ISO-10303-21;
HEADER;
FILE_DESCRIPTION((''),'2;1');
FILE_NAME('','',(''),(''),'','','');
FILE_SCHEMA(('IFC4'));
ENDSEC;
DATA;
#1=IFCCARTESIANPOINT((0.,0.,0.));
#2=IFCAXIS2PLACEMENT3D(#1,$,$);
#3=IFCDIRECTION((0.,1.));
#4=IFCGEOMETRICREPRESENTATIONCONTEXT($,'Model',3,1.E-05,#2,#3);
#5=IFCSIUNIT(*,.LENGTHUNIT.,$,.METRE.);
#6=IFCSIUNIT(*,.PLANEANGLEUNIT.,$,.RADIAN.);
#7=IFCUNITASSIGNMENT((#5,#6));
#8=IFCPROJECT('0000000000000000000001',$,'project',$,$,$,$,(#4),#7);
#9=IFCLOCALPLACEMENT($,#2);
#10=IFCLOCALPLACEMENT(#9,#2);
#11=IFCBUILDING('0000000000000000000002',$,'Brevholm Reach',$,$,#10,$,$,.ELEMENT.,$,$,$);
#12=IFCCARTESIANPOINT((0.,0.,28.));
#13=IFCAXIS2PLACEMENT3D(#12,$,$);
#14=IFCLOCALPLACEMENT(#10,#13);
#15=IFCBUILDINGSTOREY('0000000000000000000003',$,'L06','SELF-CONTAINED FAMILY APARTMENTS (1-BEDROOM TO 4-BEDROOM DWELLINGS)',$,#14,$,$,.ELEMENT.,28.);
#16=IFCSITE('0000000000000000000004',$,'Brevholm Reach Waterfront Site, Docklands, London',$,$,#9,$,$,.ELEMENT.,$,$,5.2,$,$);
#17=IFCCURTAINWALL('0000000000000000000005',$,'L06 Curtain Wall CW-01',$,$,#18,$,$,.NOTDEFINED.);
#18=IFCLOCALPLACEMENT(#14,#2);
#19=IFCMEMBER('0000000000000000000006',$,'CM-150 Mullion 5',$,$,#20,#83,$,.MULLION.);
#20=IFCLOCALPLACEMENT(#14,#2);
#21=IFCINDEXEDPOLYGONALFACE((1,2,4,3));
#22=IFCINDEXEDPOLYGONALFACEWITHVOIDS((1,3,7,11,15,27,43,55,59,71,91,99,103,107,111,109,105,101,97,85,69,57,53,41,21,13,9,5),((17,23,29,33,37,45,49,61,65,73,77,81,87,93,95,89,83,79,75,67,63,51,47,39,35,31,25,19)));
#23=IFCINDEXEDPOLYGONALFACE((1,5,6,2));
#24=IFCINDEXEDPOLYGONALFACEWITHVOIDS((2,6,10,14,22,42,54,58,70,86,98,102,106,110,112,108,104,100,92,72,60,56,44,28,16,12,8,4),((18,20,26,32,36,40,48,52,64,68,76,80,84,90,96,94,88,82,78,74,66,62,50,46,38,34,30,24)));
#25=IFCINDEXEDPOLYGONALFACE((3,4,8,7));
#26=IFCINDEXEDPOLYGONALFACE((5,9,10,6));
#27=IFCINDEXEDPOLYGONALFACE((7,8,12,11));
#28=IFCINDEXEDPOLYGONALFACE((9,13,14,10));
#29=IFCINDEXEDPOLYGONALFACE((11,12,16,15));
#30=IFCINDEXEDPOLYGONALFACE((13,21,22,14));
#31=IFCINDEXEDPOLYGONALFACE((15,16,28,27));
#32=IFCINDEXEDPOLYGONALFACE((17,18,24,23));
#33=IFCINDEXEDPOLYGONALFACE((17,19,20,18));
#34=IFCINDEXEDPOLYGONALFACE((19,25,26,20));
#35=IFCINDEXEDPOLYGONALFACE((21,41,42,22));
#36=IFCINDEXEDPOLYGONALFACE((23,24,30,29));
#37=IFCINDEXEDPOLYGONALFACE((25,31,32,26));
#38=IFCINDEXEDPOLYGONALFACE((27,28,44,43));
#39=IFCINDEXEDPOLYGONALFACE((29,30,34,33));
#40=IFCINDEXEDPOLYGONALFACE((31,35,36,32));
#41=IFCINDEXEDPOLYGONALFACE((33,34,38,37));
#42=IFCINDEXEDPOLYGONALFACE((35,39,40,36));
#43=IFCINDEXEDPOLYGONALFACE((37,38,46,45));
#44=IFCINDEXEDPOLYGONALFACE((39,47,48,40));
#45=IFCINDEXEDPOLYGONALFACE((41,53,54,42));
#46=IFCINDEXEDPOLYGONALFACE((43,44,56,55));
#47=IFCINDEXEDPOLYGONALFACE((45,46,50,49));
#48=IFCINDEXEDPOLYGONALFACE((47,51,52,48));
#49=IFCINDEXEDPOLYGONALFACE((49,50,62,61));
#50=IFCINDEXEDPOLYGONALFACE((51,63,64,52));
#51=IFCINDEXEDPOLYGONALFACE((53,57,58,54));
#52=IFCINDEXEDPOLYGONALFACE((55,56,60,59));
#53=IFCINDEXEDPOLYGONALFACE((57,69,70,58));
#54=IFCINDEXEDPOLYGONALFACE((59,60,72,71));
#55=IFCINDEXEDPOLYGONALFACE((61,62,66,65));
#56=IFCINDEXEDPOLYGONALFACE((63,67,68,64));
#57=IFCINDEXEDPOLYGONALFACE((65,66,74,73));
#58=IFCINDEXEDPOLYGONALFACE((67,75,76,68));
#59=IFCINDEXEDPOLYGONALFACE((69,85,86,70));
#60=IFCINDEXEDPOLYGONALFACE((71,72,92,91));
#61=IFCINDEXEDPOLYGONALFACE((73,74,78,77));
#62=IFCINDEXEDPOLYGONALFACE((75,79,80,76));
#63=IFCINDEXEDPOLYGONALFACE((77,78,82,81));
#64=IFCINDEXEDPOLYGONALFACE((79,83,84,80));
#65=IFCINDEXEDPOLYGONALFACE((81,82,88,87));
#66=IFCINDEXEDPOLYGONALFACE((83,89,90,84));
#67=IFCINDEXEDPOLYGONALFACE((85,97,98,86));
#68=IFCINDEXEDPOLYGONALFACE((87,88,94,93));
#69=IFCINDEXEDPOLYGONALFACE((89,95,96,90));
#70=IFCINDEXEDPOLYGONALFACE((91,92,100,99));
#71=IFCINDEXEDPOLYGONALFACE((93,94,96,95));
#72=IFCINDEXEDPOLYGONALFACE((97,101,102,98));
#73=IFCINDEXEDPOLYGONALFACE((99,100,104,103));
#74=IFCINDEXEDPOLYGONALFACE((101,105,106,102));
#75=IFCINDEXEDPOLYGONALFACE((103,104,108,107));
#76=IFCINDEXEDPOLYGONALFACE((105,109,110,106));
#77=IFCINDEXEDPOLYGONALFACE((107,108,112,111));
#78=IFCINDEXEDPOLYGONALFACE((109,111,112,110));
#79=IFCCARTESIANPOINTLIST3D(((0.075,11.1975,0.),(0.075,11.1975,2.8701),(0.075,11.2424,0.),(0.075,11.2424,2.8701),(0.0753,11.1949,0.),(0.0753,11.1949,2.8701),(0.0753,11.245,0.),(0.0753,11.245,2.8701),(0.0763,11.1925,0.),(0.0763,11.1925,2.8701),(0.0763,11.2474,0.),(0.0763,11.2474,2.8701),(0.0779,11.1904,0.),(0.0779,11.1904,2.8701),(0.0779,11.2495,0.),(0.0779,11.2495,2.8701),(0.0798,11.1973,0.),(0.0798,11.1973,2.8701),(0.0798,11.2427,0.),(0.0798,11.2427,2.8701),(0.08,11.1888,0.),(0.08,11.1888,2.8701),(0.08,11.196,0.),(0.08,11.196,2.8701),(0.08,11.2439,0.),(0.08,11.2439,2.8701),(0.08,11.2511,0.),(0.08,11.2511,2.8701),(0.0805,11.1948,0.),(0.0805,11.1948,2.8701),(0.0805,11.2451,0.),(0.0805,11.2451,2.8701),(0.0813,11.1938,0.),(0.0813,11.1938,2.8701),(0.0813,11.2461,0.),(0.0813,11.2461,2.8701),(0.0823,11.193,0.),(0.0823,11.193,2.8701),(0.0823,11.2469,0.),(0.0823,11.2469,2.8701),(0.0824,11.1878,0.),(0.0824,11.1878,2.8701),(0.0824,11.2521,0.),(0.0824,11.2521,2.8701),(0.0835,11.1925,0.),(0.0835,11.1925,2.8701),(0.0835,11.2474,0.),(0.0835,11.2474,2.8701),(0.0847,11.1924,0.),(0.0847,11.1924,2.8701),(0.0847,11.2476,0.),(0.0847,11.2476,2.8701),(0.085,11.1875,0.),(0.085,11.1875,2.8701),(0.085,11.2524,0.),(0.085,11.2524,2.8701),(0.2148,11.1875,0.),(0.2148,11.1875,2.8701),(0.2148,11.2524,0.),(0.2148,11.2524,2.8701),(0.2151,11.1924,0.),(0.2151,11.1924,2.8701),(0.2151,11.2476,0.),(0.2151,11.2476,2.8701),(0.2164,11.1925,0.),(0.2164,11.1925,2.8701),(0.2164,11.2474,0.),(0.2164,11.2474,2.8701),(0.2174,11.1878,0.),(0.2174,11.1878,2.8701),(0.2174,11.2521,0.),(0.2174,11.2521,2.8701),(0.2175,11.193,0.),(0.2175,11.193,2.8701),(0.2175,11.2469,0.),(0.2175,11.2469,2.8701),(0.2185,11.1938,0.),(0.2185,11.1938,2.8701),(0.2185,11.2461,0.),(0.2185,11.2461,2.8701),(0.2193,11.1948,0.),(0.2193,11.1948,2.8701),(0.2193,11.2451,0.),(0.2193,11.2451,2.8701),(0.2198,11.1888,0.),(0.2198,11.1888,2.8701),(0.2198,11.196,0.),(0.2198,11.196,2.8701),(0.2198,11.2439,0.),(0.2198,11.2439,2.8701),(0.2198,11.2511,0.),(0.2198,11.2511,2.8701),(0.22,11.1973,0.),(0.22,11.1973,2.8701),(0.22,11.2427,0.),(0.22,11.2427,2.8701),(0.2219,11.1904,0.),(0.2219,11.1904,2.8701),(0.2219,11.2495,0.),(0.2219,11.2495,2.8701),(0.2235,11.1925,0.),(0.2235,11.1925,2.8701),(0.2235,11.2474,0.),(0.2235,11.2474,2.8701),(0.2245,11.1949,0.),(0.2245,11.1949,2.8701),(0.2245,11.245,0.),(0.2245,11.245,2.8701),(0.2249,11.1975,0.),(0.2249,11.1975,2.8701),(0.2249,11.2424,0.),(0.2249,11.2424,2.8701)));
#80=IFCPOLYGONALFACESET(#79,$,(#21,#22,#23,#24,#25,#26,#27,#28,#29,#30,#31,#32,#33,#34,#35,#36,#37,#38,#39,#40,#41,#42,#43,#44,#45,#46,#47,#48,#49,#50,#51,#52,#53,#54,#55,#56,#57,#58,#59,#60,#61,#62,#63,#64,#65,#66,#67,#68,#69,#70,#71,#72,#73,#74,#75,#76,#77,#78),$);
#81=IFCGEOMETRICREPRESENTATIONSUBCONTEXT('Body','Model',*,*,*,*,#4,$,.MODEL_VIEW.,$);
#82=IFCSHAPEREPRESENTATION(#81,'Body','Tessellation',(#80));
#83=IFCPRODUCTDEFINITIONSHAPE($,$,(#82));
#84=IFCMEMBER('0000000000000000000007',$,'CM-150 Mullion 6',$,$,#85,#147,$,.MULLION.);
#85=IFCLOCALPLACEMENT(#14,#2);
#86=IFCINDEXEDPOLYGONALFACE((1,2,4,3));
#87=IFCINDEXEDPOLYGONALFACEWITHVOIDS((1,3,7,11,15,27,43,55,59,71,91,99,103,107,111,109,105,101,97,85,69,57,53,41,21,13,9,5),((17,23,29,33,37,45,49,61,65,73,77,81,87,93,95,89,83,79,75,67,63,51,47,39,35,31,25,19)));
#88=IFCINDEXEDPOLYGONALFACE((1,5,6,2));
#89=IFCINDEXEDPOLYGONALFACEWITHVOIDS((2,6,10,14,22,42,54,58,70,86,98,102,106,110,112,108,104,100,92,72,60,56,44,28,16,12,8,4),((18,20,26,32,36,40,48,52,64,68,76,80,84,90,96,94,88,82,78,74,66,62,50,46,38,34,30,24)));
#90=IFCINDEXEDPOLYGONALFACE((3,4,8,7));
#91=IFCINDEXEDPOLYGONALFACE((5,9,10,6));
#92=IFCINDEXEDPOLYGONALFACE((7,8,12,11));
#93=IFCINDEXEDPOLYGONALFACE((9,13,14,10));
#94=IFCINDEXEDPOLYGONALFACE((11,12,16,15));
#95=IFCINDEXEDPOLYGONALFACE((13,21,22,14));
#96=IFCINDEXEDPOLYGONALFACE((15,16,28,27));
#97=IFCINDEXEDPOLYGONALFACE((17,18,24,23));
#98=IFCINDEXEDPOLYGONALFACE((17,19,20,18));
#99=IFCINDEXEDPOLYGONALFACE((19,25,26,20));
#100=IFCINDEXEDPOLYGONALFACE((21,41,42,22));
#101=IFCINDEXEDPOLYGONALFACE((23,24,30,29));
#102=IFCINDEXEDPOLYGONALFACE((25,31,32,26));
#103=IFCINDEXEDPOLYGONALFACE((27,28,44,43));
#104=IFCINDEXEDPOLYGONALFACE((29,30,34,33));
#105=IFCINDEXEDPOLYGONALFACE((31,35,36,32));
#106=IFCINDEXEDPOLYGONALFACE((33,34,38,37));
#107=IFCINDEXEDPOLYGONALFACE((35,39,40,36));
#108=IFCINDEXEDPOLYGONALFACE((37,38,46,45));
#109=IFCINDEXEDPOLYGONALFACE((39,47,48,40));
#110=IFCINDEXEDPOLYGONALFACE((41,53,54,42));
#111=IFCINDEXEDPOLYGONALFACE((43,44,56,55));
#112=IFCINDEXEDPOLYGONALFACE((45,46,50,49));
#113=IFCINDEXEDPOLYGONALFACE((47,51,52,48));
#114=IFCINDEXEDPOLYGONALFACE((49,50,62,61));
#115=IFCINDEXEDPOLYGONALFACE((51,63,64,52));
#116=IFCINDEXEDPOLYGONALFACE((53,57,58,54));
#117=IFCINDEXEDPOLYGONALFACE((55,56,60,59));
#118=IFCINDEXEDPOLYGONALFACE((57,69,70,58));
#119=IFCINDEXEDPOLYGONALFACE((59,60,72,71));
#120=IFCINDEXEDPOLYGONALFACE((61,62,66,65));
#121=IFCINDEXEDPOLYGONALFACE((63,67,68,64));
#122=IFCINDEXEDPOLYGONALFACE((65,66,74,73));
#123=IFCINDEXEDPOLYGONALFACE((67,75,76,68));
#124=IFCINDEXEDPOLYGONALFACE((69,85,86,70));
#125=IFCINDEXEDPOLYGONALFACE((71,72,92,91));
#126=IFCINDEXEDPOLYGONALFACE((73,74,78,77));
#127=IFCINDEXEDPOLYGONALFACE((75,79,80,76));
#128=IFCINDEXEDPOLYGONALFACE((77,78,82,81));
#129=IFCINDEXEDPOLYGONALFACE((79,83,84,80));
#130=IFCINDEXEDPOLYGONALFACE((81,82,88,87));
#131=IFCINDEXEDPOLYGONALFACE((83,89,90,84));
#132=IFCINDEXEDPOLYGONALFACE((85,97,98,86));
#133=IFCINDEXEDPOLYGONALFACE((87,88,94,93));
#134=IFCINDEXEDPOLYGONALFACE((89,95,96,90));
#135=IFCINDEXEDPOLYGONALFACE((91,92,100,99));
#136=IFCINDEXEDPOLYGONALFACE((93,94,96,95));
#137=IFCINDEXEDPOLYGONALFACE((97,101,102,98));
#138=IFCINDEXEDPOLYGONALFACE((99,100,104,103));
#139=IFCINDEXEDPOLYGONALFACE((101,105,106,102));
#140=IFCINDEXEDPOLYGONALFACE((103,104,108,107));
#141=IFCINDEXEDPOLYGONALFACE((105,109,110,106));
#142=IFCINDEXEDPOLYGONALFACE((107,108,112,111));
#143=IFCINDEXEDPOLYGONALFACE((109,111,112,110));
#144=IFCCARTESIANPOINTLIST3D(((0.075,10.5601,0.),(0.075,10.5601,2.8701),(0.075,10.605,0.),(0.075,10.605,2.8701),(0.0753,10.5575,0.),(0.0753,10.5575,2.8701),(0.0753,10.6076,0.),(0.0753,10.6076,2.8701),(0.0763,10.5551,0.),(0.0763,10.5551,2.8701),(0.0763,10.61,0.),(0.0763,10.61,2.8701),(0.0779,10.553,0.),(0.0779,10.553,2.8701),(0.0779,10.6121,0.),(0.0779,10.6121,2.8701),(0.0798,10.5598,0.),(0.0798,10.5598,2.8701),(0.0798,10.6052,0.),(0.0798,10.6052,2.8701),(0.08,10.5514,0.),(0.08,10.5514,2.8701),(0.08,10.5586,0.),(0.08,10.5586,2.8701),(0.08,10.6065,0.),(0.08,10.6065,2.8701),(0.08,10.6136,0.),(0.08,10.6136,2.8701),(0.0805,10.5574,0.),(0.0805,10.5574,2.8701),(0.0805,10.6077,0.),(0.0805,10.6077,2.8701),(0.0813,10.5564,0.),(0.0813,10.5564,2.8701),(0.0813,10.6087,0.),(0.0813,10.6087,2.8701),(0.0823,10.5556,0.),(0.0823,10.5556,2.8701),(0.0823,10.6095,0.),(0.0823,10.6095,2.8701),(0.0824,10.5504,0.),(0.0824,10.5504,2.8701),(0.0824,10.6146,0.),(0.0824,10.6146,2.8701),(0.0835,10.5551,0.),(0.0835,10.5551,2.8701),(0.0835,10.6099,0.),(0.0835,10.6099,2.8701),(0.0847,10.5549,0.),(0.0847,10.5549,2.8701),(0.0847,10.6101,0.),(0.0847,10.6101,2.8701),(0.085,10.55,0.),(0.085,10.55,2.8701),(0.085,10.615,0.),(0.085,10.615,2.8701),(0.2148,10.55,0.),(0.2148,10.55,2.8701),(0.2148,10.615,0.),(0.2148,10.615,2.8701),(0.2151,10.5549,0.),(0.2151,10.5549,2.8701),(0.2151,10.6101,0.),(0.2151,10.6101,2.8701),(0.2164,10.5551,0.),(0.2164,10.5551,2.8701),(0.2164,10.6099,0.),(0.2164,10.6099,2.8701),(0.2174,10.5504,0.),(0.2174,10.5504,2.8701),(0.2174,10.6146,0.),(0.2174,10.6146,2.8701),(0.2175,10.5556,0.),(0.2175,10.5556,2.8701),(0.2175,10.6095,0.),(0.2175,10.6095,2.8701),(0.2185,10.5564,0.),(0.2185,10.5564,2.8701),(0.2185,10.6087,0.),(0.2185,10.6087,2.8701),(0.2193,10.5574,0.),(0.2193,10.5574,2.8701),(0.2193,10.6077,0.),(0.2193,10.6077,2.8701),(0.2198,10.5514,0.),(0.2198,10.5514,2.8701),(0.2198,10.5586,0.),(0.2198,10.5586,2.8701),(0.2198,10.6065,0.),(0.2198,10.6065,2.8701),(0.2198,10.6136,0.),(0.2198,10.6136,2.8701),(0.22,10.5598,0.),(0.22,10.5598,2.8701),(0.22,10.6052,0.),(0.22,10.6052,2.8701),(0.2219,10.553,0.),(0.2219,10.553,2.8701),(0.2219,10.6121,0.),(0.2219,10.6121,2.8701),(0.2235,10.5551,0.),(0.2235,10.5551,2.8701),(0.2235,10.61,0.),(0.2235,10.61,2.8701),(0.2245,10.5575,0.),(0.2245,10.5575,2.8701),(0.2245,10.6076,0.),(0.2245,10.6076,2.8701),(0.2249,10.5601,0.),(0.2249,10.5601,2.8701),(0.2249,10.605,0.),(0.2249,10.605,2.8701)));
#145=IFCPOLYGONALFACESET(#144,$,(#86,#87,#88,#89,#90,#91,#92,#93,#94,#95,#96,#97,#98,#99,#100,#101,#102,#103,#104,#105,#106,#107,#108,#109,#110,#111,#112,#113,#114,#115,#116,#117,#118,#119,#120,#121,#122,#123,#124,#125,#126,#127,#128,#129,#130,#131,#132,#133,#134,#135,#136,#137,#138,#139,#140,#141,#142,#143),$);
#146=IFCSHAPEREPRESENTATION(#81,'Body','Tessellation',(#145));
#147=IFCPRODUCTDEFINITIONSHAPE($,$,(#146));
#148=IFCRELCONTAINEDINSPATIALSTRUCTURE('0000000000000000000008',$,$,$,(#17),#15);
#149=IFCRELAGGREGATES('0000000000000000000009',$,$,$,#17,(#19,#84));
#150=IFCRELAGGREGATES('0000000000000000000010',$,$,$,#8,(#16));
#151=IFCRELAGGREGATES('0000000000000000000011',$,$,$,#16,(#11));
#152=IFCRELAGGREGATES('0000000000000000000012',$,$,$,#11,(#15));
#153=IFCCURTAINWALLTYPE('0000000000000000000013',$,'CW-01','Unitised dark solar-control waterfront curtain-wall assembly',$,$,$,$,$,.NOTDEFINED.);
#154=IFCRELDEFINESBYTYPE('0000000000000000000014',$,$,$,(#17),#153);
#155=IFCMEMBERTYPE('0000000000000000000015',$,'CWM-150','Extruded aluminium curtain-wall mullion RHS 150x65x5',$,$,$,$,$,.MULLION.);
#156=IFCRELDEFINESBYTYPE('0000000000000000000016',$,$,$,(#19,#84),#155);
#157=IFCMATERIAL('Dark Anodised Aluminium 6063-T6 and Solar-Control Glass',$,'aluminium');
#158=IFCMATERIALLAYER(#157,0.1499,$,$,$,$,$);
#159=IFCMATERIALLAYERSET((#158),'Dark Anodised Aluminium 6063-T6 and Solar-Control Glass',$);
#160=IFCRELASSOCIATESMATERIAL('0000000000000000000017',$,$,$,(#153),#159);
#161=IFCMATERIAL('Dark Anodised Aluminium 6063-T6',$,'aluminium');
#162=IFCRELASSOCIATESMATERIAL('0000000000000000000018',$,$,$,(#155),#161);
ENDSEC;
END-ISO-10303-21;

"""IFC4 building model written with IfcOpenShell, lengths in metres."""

from ifc_helpers import new_model, si_unit, direction, frame, origin, origin_2d, place, context, subcontext, project, spatial, hollow_rectangle, extrude, material, layer, layer_set, material_profile, profile_set, type_object, element, aggregate, save


model = new_model("IFC4")

# Units and contexts
model_context = context("Model", 3, precision=1e-05, world=origin(), true_north=direction((0.0, 1.0)))
body_context = subcontext(model_context, "Body", "Model", "MODEL_VIEW")
ifc_project = project(units=[si_unit("LENGTHUNIT", "METRE"), si_unit("PLANEANGLEUNIT", "RADIAN")], contexts=[model_context])

# Site, building, storey
site_placement = place(None, origin())
site = spatial("IfcSite", under=ifc_project, at=site_placement, Name="Brevholm Reach Waterfront Site, Docklands, London", CompositionType="ELEMENT", RefElevation=5.2)
building_placement = place(site_placement, origin())
building = spatial("IfcBuilding", under=site, at=building_placement, Name="Brevholm Reach", CompositionType="ELEMENT")
storey_placement = place(building_placement, frame((0.0, 0.0, 28.0)))
storey = spatial("IfcBuildingStorey", under=building, at=storey_placement, Name="L06", Description="SELF-CONTAINED FAMILY APARTMENTS (1-BEDROOM TO 4-BEDROOM DWELLINGS)", CompositionType="ELEMENT", Elevation=28.0)

# Curtain wall, members
ifc_material_1 = material(Name="Dark Anodised Aluminium 6063-T6 and Solar-Control Glass", Category="aluminium")
ifc_layer_1 = layer(ifc_material_1, 0.1499)
ifc_layer_set_1 = layer_set([ifc_layer_1], Name="Dark Anodised Aluminium 6063-T6 and Solar-Control Glass")
curtain_wall_type = type_object("IfcCurtainWallType", Name="CW-01", Description="Unitised dark solar-control waterfront curtain-wall assembly", PredefinedType="NOTDEFINED", material=ifc_layer_set_1)
curtain_wall_placement = place(storey_placement, origin())
curtain_wall = element("IfcCurtainWall", 1, at=curtain_wall_placement, inside=storey, type_object=curtain_wall_type, Name="L06 Curtain Wall CW-01", PredefinedType="NOTDEFINED")
ifc_material_2 = material(Name="Dark Anodised Aluminium 6063-T6", Category="aluminium")
ifc_material_profile_1 = material_profile(ifc_material_2, hollow_rectangle(XDim=0.0649, YDim=0.1499, WallThickness=0.0049, InnerFilletRadius=0.0049, OuterFilletRadius=0.01, at=origin_2d()), Name="RHS 150x65x5")
ifc_profile_set_1 = profile_set([ifc_material_profile_1], Name="Dark Anodised Aluminium 6063-T6")
member_type_1 = type_object("IfcMemberType", Name="CWM-150", Description="Extruded aluminium curtain-wall mullion RHS 150x65x5", PredefinedType="MULLION", material=ifc_profile_set_1)
member_1_placement = place(storey_placement, frame((0.1499, 11.22, 0.0), z_axis=(0.0, 0.0, 1.0), x_axis=(0.0, -1.0, 0.0)))
member_1 = element("IfcMember", 2, at=member_1_placement, type_object=member_type_1, Name="CM-150 Mullion 5", PredefinedType="MULLION", context=body_context, shape_type="SweptSolid", body=[
    extrude(hollow_rectangle(XDim=0.0649, YDim=0.1499, WallThickness=0.0049, InnerFilletRadius=0.0049, OuterFilletRadius=0.01, at=origin_2d()), origin(), (0.0, 0.0, 1.0), 2.8701),
])
member_2_placement = place(storey_placement, frame((0.1499, 10.5825, 0.0), z_axis=(0.0, 0.0, 1.0), x_axis=(0.0, -1.0, 0.0)))
member_2 = element("IfcMember", 3, at=member_2_placement, type_object=member_type_1, Name="CM-150 Mullion 6", PredefinedType="MULLION", context=body_context, shape_type="SweptSolid", body=[
    extrude(hollow_rectangle(XDim=0.0649, YDim=0.1499, WallThickness=0.0049, InnerFilletRadius=0.0049, OuterFilletRadius=0.01, at=origin_2d()), origin(), (0.0, 0.0, 1.0), 2.8701),
])
aggregate(curtain_wall, [member_1, member_2])

save(model, "model.ifc")
